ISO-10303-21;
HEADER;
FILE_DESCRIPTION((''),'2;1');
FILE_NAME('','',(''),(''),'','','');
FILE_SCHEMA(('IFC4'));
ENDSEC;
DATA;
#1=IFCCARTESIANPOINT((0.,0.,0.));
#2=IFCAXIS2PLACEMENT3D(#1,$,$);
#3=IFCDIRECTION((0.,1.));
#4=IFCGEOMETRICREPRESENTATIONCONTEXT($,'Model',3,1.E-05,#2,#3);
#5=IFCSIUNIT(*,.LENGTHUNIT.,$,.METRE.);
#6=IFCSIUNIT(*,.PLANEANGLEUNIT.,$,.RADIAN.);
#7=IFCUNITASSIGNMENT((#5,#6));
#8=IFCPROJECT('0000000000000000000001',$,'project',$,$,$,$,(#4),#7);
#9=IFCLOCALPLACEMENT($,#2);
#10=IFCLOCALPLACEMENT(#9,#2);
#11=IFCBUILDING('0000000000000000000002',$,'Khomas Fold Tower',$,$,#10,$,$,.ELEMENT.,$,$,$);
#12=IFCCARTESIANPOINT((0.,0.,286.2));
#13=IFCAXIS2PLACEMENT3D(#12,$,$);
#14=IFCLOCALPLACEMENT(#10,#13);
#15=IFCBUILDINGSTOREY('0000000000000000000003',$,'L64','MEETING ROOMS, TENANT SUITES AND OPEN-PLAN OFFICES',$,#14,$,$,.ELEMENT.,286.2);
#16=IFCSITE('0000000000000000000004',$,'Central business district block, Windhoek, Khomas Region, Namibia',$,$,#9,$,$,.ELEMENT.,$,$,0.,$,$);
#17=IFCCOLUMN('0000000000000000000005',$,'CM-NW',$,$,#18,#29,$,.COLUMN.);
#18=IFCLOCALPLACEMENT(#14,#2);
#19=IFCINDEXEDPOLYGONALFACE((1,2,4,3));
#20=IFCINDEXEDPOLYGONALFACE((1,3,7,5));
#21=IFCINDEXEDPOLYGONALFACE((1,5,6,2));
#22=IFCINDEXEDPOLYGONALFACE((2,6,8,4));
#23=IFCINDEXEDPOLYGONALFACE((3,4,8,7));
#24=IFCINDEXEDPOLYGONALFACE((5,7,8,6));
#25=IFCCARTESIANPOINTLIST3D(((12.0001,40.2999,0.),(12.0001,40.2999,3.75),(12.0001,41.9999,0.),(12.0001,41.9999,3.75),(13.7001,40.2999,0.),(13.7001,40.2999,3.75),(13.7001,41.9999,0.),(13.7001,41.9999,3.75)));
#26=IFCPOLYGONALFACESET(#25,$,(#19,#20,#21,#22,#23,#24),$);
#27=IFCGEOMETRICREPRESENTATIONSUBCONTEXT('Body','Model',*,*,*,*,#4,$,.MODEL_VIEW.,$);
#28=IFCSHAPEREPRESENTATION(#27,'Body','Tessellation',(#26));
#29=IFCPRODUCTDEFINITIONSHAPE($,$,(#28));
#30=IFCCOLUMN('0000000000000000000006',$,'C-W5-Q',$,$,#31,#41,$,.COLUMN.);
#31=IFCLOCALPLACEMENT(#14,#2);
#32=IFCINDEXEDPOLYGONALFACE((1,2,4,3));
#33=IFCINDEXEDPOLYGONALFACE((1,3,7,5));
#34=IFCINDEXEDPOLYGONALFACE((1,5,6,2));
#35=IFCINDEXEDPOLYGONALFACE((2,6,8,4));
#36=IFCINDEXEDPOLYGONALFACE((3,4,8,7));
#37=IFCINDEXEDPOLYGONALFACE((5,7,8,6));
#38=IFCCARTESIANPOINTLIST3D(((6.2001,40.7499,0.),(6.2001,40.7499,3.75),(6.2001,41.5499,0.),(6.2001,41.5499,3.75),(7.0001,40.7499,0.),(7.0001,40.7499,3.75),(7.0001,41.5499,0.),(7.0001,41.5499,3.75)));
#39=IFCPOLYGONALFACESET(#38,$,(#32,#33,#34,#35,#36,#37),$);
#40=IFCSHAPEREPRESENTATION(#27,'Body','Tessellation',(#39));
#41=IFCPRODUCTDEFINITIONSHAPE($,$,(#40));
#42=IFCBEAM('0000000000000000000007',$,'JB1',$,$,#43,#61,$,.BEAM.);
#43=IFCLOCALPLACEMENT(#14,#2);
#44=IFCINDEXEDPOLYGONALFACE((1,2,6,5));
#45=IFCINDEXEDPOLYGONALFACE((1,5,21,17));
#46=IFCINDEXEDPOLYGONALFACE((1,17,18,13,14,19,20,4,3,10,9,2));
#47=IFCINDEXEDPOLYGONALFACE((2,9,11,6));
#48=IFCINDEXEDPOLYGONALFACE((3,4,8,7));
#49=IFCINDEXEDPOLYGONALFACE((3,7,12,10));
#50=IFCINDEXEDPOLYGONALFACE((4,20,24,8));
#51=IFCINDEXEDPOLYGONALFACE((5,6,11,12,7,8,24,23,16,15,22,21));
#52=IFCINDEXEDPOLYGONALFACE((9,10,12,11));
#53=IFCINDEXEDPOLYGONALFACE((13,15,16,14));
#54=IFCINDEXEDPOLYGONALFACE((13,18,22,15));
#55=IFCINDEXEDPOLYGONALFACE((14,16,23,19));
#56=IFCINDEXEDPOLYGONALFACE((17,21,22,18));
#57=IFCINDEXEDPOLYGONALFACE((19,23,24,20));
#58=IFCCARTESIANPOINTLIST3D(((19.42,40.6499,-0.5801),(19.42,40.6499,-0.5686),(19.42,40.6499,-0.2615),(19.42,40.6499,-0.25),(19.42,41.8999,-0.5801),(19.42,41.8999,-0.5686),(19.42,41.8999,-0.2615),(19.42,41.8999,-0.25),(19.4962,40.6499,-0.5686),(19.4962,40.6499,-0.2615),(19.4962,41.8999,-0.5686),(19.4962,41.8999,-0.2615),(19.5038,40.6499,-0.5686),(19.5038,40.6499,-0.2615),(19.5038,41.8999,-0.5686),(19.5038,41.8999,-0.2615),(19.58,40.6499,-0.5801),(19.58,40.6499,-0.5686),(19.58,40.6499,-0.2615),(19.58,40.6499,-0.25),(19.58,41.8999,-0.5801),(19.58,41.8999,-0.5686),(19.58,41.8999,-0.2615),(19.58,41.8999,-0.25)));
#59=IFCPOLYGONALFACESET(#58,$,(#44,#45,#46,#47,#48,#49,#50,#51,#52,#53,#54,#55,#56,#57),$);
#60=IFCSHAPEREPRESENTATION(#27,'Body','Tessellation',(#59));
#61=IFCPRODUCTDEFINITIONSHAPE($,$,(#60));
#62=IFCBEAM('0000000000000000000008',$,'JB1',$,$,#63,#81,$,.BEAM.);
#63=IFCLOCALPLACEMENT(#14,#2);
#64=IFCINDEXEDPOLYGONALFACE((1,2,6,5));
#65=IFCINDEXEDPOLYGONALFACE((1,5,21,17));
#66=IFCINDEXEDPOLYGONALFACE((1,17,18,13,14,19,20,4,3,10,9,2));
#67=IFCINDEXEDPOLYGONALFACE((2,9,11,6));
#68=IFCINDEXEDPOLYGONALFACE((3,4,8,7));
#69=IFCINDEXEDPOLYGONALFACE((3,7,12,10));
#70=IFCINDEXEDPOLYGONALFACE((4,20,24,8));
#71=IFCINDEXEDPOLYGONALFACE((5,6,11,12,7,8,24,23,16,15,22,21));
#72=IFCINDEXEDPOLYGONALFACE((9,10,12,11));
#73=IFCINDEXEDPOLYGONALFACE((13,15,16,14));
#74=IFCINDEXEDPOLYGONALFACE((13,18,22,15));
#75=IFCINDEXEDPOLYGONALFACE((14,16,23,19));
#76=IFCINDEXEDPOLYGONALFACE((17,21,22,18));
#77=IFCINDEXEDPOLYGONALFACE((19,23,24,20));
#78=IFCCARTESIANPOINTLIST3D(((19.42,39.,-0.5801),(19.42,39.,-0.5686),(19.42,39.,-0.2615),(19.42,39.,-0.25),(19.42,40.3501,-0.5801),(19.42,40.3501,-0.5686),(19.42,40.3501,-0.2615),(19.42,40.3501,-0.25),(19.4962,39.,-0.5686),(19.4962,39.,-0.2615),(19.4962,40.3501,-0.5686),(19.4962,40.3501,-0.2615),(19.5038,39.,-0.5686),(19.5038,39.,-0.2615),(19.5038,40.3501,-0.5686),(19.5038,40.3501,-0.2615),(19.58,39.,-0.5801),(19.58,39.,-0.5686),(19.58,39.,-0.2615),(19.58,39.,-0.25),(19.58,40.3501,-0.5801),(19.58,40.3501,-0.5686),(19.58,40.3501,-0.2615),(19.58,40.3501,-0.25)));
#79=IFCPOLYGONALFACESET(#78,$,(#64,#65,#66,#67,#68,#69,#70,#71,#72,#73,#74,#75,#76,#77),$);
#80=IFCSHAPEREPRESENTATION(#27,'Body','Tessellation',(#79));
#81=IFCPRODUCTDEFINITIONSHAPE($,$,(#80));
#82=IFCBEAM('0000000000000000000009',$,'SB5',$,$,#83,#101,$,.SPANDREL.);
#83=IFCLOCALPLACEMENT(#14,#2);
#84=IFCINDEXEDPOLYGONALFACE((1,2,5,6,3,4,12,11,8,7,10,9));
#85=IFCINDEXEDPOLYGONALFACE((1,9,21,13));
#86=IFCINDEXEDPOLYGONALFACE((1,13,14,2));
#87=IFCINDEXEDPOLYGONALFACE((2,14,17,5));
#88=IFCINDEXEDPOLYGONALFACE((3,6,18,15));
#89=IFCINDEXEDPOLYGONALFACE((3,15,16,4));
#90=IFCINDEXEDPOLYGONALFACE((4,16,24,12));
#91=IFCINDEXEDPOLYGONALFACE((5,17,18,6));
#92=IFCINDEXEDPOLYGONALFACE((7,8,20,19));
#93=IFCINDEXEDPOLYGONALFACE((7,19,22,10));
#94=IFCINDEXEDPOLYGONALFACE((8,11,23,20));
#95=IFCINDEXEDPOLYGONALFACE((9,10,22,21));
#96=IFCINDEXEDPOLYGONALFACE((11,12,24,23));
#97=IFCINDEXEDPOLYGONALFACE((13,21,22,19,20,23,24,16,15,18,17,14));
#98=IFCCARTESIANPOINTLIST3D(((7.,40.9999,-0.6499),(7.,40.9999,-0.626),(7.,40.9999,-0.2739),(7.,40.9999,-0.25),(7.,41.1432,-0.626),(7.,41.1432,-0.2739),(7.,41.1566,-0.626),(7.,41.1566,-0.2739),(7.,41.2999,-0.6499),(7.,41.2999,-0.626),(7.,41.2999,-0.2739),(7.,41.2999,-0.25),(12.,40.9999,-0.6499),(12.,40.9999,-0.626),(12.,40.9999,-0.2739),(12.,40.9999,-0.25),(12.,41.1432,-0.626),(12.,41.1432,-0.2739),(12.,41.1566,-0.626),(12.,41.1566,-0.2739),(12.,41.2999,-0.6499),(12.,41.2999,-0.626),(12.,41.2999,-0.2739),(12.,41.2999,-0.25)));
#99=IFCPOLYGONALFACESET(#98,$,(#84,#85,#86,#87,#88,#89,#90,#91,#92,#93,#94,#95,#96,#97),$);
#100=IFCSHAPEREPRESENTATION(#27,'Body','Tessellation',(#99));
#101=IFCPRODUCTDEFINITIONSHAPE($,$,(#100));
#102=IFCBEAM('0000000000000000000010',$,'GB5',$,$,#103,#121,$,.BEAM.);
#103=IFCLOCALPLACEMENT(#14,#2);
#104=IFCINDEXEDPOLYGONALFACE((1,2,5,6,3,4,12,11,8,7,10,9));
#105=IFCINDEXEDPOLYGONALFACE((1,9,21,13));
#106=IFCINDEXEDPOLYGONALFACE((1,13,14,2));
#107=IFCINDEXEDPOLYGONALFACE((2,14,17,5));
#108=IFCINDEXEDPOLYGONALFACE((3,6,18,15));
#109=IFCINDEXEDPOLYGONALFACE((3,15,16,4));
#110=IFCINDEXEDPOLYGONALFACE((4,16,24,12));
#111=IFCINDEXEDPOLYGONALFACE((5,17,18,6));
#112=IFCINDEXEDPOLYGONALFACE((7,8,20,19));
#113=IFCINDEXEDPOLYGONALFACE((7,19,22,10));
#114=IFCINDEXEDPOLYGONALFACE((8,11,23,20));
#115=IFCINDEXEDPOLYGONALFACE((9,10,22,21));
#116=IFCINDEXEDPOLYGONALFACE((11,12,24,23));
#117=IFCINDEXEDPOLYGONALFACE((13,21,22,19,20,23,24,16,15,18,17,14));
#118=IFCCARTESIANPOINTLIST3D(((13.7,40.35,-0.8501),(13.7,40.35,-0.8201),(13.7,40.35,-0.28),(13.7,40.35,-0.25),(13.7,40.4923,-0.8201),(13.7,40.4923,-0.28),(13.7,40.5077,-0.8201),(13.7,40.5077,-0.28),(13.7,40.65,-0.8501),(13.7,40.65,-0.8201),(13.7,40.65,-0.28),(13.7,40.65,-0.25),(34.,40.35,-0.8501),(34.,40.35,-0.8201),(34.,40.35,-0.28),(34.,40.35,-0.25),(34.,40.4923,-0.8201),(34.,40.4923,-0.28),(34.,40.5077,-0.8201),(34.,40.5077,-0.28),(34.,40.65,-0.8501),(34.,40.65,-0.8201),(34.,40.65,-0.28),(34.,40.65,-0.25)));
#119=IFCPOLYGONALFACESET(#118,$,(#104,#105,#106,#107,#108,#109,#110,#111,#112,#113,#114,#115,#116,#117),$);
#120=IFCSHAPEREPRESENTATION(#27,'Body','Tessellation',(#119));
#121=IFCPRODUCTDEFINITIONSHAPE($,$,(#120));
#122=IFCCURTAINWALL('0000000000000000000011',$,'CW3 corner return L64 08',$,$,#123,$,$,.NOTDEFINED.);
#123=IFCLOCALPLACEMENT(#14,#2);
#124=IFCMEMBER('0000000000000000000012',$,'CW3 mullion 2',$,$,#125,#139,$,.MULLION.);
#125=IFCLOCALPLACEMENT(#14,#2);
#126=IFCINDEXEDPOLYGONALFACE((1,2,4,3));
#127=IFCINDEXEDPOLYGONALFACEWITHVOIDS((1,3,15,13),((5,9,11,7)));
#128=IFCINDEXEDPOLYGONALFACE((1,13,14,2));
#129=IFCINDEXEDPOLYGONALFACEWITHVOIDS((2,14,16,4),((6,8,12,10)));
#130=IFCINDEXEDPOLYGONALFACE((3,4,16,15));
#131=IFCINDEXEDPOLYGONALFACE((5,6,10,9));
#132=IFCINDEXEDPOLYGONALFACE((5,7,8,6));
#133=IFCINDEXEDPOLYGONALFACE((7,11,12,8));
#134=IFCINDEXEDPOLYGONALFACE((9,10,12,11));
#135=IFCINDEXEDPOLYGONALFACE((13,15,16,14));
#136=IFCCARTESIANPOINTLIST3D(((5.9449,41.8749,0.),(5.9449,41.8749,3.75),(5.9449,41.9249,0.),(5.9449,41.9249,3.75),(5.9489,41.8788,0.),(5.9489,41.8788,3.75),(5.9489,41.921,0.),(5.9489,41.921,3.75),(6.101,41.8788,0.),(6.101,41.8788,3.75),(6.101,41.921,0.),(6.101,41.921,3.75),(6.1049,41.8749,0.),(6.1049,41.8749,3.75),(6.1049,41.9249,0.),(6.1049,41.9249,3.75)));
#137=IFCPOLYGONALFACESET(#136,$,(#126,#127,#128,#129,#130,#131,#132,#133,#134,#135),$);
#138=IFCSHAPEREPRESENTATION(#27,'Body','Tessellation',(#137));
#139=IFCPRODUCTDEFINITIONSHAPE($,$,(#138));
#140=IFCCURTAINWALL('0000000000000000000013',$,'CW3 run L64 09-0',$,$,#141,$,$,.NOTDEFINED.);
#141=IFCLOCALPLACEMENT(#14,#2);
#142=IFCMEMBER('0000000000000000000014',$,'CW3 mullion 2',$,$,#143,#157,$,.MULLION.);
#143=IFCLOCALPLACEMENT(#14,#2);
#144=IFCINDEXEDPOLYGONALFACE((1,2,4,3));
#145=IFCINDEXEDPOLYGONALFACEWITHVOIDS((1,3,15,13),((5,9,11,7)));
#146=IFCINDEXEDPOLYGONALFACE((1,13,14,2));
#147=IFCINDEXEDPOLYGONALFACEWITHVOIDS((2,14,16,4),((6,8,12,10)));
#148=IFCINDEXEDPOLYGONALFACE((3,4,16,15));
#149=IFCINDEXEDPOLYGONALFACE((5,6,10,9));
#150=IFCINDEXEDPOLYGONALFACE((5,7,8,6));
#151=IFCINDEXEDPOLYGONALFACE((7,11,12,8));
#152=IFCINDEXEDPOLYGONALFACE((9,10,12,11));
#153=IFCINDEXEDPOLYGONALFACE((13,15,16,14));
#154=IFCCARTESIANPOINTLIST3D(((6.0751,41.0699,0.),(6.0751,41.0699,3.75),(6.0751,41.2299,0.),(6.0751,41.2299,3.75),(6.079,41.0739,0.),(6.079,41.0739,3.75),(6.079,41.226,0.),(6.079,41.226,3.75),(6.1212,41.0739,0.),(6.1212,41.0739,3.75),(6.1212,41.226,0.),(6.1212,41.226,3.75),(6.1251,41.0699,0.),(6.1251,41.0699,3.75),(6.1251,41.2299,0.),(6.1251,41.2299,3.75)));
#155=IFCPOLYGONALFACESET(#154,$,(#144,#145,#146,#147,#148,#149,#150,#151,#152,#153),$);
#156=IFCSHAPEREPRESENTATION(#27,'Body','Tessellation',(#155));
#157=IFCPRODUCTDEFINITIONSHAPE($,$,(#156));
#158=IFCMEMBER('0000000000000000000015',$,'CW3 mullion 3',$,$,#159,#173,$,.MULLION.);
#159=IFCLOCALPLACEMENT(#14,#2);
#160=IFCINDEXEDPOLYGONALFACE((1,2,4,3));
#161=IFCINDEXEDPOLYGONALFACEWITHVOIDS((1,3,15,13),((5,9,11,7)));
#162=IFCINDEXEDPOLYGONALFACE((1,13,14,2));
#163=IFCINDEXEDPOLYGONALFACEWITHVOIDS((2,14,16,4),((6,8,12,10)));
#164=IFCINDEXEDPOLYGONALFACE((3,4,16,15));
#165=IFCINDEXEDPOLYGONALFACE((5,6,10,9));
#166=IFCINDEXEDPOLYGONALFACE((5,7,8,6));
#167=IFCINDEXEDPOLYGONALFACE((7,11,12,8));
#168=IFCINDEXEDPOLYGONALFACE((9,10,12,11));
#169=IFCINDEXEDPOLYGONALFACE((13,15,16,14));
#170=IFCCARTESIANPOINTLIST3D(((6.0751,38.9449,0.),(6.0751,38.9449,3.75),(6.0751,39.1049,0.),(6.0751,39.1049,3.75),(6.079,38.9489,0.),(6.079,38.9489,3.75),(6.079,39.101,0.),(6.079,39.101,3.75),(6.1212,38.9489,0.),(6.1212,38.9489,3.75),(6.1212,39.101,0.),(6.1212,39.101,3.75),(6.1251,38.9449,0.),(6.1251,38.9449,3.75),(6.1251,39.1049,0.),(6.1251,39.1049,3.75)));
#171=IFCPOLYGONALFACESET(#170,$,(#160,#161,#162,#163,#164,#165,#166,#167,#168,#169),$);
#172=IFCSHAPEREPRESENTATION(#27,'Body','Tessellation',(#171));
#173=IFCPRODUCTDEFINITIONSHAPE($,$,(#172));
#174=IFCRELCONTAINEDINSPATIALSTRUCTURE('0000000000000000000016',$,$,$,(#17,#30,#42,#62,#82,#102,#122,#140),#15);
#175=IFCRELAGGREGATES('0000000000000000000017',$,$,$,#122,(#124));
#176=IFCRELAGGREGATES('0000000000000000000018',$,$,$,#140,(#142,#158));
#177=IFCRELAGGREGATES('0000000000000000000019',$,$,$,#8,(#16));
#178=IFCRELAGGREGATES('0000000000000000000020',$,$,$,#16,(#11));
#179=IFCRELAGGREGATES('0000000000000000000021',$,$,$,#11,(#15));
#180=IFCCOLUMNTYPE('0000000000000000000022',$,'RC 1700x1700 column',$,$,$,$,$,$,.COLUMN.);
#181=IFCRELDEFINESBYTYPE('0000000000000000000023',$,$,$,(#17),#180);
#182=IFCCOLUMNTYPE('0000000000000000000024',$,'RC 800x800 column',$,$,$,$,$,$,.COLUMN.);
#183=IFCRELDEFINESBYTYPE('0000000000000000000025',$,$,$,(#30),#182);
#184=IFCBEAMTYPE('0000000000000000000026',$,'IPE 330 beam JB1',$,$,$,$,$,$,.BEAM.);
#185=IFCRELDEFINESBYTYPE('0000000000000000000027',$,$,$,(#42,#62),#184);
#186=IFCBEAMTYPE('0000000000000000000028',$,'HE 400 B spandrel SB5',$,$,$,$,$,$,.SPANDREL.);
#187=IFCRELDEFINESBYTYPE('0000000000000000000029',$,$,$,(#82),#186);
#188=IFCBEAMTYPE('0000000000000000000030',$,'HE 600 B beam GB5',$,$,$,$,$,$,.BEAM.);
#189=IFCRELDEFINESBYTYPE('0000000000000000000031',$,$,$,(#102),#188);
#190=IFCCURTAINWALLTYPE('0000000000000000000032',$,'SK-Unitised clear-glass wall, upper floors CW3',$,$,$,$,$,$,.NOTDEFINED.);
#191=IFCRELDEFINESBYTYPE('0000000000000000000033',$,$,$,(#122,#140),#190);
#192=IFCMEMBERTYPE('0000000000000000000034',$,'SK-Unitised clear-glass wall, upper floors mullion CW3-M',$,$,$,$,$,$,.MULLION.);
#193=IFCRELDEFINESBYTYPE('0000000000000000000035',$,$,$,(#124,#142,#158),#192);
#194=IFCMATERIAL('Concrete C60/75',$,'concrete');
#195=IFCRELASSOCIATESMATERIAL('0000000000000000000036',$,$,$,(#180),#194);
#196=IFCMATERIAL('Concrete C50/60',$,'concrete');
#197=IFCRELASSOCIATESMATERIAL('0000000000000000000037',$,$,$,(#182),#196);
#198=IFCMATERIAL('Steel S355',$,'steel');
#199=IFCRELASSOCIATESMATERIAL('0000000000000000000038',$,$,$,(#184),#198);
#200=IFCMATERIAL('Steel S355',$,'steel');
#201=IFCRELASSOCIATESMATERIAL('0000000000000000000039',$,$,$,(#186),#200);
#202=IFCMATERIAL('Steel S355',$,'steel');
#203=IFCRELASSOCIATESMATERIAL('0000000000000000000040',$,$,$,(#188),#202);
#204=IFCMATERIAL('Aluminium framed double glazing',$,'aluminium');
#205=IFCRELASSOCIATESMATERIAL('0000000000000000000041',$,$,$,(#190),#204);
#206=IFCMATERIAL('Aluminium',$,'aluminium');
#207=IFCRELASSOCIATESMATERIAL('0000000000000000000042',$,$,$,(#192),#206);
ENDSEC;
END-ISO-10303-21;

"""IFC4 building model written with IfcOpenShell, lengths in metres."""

from ifc_helpers import new_model, si_unit, direction, frame, origin, origin_2d, place, context, subcontext, project, spatial, rectangle, hollow_rectangle, i_section, extrude, source, transform, mapped, material, material_profile, profile_set, type_object, element, aggregate, save


model = new_model("IFC4")

# Units and contexts
model_context = context("Model", 3, precision=1e-05, world=origin(), true_north=direction((0.0, 1.0)))
body_context = subcontext(model_context, "Body", "Model", "MODEL_VIEW")
ifc_project = project(units=[si_unit("LENGTHUNIT", "METRE"), si_unit("PLANEANGLEUNIT", "RADIAN")], contexts=[model_context])

# Site, building, storey
site_placement = place(None, origin())
site = spatial("IfcSite", under=ifc_project, at=site_placement, Name="Central business district block, Windhoek, Khomas Region, Namibia", CompositionType="ELEMENT", RefElevation=0.0)
building_placement = place(site_placement, origin())
building = spatial("IfcBuilding", under=site, at=building_placement, Name="Khomas Fold Tower", CompositionType="ELEMENT")
storey_placement = place(building_placement, frame((0.0, 0.0, 286.2)))
storey = spatial("IfcBuildingStorey", under=building, at=storey_placement, Name="L64", Description="MEETING ROOMS, TENANT SUITES AND OPEN-PLAN OFFICES", CompositionType="ELEMENT", Elevation=286.2)

# Columns
ifc_material_1 = material(Name="Concrete C60/75", Category="concrete")
ifc_material_profile_1 = material_profile(ifc_material_1, rectangle(XDim=1.7, YDim=1.7, at=origin_2d()), Name="RC 1700x1700")
ifc_profile_set_1 = profile_set([ifc_material_profile_1], Name="Concrete C60/75")
column_type_1 = type_object("IfcColumnType", Name="RC 1700x1700 column", PredefinedType="COLUMN", material=ifc_profile_set_1)
shared_shape_1 = source(origin(), body_context, "Body", "SweptSolid", [
    extrude(rectangle(XDim=1.7, YDim=1.7, at=origin_2d()), origin(), (0.0, 0.0, 1.0), 3.75),
])
column_1_placement = place(storey_placement, frame((12.8501, 41.1499, 0.0), z_axis=(0.0, 0.0, 1.0), x_axis=(1.0, 0.0, 0.0)))
element("IfcColumn", 1, at=column_1_placement, inside=storey, type_object=column_type_1, Name="CM-NW", PredefinedType="COLUMN", context=body_context, shape_type="MappedRepresentation", body=[
    mapped(shared_shape_1, transform((0.0, 0.0, 0.0))),
])
ifc_material_2 = material(Name="Concrete C50/60", Category="concrete")
ifc_material_profile_2 = material_profile(ifc_material_2, rectangle(XDim=0.8, YDim=0.8, at=origin_2d()), Name="RC 800x800")
ifc_profile_set_2 = profile_set([ifc_material_profile_2], Name="Concrete C50/60")
column_type_2 = type_object("IfcColumnType", Name="RC 800x800 column", PredefinedType="COLUMN", material=ifc_profile_set_2)
shared_shape_2 = source(origin(), body_context, "Body", "SweptSolid", [
    extrude(rectangle(XDim=0.8, YDim=0.8, at=origin_2d()), origin(), (0.0, 0.0, 1.0), 3.75),
])
column_2_placement = place(storey_placement, frame((6.6001, 41.1499, 0.0), z_axis=(0.0, 0.0, 1.0), x_axis=(1.0, 0.0, 0.0)))
element("IfcColumn", 2, at=column_2_placement, inside=storey, type_object=column_type_2, Name="C-W5-Q", PredefinedType="COLUMN", context=body_context, shape_type="MappedRepresentation", body=[
    mapped(shared_shape_2, transform((0.0, 0.0, 0.0))),
])

# Beams
ifc_material_3 = material(Name="Steel S355", Category="steel")
ifc_material_profile_3 = material_profile(ifc_material_3, i_section(OverallWidth=0.1599, OverallDepth=0.3301, WebThickness=0.0076, FlangeThickness=0.0115, at=origin_2d()), Name="IPE 330")
ifc_profile_set_3 = profile_set([ifc_material_profile_3], Name="Steel S355")
beam_type_1 = type_object("IfcBeamType", Name="IPE 330 beam JB1", PredefinedType="BEAM", material=ifc_profile_set_3)
shared_shape_3 = source(origin(), body_context, "Body", "SweptSolid", [
    extrude(i_section(OverallWidth=0.1599, OverallDepth=0.3301, WebThickness=0.0076, FlangeThickness=0.0115, at=origin_2d()), origin(), (0.0, 0.0, 1.0), 1.25),
])
beam_1_placement = place(storey_placement, frame((19.5, 40.6499, -0.415), z_axis=(0.0, 1.0, 0.0), x_axis=(-1.0, 0.0, 0.0)))
element("IfcBeam", 3, at=beam_1_placement, inside=storey, type_object=beam_type_1, Name="JB1", PredefinedType="BEAM", context=body_context, shape_type="MappedRepresentation", body=[
    mapped(shared_shape_3, transform((0.0, 0.0, 0.0))),
])
shared_shape_4 = source(origin(), body_context, "Body", "SweptSolid", [
    extrude(i_section(OverallWidth=0.1599, OverallDepth=0.3301, WebThickness=0.0076, FlangeThickness=0.0115, at=origin_2d()), origin(), (0.0, 0.0, 1.0), 1.3501),
])
beam_2_placement = place(storey_placement, frame((19.5, 39.0, -0.415), z_axis=(0.0, 1.0, 0.0), x_axis=(-1.0, 0.0, 0.0)))
element("IfcBeam", 4, at=beam_2_placement, inside=storey, type_object=beam_type_1, Name="JB1", PredefinedType="BEAM", context=body_context, shape_type="MappedRepresentation", body=[
    mapped(shared_shape_4, transform((0.0, 0.0, 0.0))),
])
ifc_material_4 = material(Name="Steel S355", Category="steel")
ifc_material_profile_4 = material_profile(ifc_material_4, i_section(OverallWidth=0.3, OverallDepth=0.3999, WebThickness=0.0134, FlangeThickness=0.0239, at=origin_2d()), Name="HE 400 B")
ifc_profile_set_4 = profile_set([ifc_material_profile_4], Name="Steel S355")
beam_type_2 = type_object("IfcBeamType", Name="HE 400 B spandrel SB5", PredefinedType="SPANDREL", material=ifc_profile_set_4)
shared_shape_5 = source(origin(), body_context, "Body", "SweptSolid", [
    extrude(i_section(OverallWidth=0.3, OverallDepth=0.3999, WebThickness=0.0134, FlangeThickness=0.0239, at=origin_2d()), origin(), (0.0, 0.0, 1.0), 5.0),
])
beam_3_placement = place(storey_placement, frame((7.0, 41.1499, -0.45), z_axis=(1.0, 0.0, 0.0), x_axis=(0.0, 1.0, 0.0)))
element("IfcBeam", 5, at=beam_3_placement, inside=storey, type_object=beam_type_2, Name="SB5", PredefinedType="SPANDREL", context=body_context, shape_type="MappedRepresentation", body=[
    mapped(shared_shape_5, transform((0.0, 0.0, 0.0))),
])
ifc_material_5 = material(Name="Steel S355", Category="steel")
ifc_material_profile_5 = material_profile(ifc_material_5, i_section(OverallWidth=0.3, OverallDepth=0.6001, WebThickness=0.0154, FlangeThickness=0.03, at=origin_2d()), Name="HE 600 B")
ifc_profile_set_5 = profile_set([ifc_material_profile_5], Name="Steel S355")
beam_type_3 = type_object("IfcBeamType", Name="HE 600 B beam GB5", PredefinedType="BEAM", material=ifc_profile_set_5)
shared_shape_6 = source(origin(), body_context, "Body", "SweptSolid", [
    extrude(i_section(OverallWidth=0.3, OverallDepth=0.6001, WebThickness=0.0154, FlangeThickness=0.03, at=origin_2d()), origin(), (0.0, 0.0, 1.0), 20.3),
])
beam_4_placement = place(storey_placement, frame((13.7, 40.5, -0.55), z_axis=(1.0, 0.0, 0.0), x_axis=(0.0, 1.0, 0.0)))
element("IfcBeam", 6, at=beam_4_placement, inside=storey, type_object=beam_type_3, Name="GB5", PredefinedType="BEAM", context=body_context, shape_type="MappedRepresentation", body=[
    mapped(shared_shape_6, transform((0.0, 0.0, 0.0))),
])

# Curtain wall, member
ifc_material_6 = material(Name="Aluminium framed double glazing", Category="aluminium")
curtain_wall_type = type_object("IfcCurtainWallType", Name="SK-Unitised clear-glass wall, upper floors CW3", PredefinedType="NOTDEFINED", material=ifc_material_6)
curtain_wall_1_placement = place(storey_placement, origin())
curtain_wall_1 = element("IfcCurtainWall", 7, at=curtain_wall_1_placement, inside=storey, type_object=curtain_wall_type, Name="CW3 corner return L64 08", PredefinedType="NOTDEFINED")
ifc_material_7 = material(Name="Aluminium", Category="aluminium")
ifc_material_profile_6 = material_profile(ifc_material_7, hollow_rectangle(XDim=0.05, YDim=0.1599, WallThickness=0.0039, at=origin_2d()), Name="SK-Unitised clear-glass wall, upper floors mullion CW3-M")
ifc_profile_set_6 = profile_set([ifc_material_profile_6], Name="Aluminium")
member_type_1 = type_object("IfcMemberType", Name="SK-Unitised clear-glass wall, upper floors mullion CW3-M", PredefinedType="MULLION", material=ifc_profile_set_6)
shared_shape_7 = source(origin(), body_context, "Body", "SweptSolid", [
    extrude(hollow_rectangle(XDim=0.05, YDim=0.1599, WallThickness=0.0039, at=origin_2d()), origin(), (0.0, 0.0, 1.0), 3.75),
])
member_1_placement = place(storey_placement, frame((6.0249, 41.8999, 0.0), z_axis=(0.0, 0.0, 1.0), x_axis=(0.0, -1.0, 0.0)))
member_1 = element("IfcMember", 8, at=member_1_placement, type_object=member_type_1, Name="CW3 mullion 2", PredefinedType="MULLION", context=body_context, shape_type="MappedRepresentation", body=[
    mapped(shared_shape_7, transform((0.0, 0.0, 0.0))),
])

# Curtain wall, members
curtain_wall_2_placement = place(storey_placement, origin())
curtain_wall_2 = element("IfcCurtainWall", 9, at=curtain_wall_2_placement, inside=storey, type_object=curtain_wall_type, Name="CW3 run L64 09-0", PredefinedType="NOTDEFINED")
member_2_placement = place(storey_placement, frame((6.1001, 41.1499, 0.0), z_axis=(0.0, 0.0, 1.0), x_axis=(1.0, 0.0, 0.0)))
member_2 = element("IfcMember", 10, at=member_2_placement, type_object=member_type_1, Name="CW3 mullion 2", PredefinedType="MULLION", context=body_context, shape_type="MappedRepresentation", body=[
    mapped(shared_shape_7, transform((0.0, 0.0, 0.0))),
])
member_3_placement = place(storey_placement, frame((6.1001, 39.0249, 0.0), z_axis=(0.0, 0.0, 1.0), x_axis=(1.0, 0.0, 0.0)))
member_3 = element("IfcMember", 11, at=member_3_placement, type_object=member_type_1, Name="CW3 mullion 3", PredefinedType="MULLION", context=body_context, shape_type="MappedRepresentation", body=[
    mapped(shared_shape_7, transform((0.0, 0.0, 0.0))),
])

aggregate(curtain_wall_1, [member_1])
aggregate(curtain_wall_2, [member_2, member_3])

save(model, "model.ifc")
